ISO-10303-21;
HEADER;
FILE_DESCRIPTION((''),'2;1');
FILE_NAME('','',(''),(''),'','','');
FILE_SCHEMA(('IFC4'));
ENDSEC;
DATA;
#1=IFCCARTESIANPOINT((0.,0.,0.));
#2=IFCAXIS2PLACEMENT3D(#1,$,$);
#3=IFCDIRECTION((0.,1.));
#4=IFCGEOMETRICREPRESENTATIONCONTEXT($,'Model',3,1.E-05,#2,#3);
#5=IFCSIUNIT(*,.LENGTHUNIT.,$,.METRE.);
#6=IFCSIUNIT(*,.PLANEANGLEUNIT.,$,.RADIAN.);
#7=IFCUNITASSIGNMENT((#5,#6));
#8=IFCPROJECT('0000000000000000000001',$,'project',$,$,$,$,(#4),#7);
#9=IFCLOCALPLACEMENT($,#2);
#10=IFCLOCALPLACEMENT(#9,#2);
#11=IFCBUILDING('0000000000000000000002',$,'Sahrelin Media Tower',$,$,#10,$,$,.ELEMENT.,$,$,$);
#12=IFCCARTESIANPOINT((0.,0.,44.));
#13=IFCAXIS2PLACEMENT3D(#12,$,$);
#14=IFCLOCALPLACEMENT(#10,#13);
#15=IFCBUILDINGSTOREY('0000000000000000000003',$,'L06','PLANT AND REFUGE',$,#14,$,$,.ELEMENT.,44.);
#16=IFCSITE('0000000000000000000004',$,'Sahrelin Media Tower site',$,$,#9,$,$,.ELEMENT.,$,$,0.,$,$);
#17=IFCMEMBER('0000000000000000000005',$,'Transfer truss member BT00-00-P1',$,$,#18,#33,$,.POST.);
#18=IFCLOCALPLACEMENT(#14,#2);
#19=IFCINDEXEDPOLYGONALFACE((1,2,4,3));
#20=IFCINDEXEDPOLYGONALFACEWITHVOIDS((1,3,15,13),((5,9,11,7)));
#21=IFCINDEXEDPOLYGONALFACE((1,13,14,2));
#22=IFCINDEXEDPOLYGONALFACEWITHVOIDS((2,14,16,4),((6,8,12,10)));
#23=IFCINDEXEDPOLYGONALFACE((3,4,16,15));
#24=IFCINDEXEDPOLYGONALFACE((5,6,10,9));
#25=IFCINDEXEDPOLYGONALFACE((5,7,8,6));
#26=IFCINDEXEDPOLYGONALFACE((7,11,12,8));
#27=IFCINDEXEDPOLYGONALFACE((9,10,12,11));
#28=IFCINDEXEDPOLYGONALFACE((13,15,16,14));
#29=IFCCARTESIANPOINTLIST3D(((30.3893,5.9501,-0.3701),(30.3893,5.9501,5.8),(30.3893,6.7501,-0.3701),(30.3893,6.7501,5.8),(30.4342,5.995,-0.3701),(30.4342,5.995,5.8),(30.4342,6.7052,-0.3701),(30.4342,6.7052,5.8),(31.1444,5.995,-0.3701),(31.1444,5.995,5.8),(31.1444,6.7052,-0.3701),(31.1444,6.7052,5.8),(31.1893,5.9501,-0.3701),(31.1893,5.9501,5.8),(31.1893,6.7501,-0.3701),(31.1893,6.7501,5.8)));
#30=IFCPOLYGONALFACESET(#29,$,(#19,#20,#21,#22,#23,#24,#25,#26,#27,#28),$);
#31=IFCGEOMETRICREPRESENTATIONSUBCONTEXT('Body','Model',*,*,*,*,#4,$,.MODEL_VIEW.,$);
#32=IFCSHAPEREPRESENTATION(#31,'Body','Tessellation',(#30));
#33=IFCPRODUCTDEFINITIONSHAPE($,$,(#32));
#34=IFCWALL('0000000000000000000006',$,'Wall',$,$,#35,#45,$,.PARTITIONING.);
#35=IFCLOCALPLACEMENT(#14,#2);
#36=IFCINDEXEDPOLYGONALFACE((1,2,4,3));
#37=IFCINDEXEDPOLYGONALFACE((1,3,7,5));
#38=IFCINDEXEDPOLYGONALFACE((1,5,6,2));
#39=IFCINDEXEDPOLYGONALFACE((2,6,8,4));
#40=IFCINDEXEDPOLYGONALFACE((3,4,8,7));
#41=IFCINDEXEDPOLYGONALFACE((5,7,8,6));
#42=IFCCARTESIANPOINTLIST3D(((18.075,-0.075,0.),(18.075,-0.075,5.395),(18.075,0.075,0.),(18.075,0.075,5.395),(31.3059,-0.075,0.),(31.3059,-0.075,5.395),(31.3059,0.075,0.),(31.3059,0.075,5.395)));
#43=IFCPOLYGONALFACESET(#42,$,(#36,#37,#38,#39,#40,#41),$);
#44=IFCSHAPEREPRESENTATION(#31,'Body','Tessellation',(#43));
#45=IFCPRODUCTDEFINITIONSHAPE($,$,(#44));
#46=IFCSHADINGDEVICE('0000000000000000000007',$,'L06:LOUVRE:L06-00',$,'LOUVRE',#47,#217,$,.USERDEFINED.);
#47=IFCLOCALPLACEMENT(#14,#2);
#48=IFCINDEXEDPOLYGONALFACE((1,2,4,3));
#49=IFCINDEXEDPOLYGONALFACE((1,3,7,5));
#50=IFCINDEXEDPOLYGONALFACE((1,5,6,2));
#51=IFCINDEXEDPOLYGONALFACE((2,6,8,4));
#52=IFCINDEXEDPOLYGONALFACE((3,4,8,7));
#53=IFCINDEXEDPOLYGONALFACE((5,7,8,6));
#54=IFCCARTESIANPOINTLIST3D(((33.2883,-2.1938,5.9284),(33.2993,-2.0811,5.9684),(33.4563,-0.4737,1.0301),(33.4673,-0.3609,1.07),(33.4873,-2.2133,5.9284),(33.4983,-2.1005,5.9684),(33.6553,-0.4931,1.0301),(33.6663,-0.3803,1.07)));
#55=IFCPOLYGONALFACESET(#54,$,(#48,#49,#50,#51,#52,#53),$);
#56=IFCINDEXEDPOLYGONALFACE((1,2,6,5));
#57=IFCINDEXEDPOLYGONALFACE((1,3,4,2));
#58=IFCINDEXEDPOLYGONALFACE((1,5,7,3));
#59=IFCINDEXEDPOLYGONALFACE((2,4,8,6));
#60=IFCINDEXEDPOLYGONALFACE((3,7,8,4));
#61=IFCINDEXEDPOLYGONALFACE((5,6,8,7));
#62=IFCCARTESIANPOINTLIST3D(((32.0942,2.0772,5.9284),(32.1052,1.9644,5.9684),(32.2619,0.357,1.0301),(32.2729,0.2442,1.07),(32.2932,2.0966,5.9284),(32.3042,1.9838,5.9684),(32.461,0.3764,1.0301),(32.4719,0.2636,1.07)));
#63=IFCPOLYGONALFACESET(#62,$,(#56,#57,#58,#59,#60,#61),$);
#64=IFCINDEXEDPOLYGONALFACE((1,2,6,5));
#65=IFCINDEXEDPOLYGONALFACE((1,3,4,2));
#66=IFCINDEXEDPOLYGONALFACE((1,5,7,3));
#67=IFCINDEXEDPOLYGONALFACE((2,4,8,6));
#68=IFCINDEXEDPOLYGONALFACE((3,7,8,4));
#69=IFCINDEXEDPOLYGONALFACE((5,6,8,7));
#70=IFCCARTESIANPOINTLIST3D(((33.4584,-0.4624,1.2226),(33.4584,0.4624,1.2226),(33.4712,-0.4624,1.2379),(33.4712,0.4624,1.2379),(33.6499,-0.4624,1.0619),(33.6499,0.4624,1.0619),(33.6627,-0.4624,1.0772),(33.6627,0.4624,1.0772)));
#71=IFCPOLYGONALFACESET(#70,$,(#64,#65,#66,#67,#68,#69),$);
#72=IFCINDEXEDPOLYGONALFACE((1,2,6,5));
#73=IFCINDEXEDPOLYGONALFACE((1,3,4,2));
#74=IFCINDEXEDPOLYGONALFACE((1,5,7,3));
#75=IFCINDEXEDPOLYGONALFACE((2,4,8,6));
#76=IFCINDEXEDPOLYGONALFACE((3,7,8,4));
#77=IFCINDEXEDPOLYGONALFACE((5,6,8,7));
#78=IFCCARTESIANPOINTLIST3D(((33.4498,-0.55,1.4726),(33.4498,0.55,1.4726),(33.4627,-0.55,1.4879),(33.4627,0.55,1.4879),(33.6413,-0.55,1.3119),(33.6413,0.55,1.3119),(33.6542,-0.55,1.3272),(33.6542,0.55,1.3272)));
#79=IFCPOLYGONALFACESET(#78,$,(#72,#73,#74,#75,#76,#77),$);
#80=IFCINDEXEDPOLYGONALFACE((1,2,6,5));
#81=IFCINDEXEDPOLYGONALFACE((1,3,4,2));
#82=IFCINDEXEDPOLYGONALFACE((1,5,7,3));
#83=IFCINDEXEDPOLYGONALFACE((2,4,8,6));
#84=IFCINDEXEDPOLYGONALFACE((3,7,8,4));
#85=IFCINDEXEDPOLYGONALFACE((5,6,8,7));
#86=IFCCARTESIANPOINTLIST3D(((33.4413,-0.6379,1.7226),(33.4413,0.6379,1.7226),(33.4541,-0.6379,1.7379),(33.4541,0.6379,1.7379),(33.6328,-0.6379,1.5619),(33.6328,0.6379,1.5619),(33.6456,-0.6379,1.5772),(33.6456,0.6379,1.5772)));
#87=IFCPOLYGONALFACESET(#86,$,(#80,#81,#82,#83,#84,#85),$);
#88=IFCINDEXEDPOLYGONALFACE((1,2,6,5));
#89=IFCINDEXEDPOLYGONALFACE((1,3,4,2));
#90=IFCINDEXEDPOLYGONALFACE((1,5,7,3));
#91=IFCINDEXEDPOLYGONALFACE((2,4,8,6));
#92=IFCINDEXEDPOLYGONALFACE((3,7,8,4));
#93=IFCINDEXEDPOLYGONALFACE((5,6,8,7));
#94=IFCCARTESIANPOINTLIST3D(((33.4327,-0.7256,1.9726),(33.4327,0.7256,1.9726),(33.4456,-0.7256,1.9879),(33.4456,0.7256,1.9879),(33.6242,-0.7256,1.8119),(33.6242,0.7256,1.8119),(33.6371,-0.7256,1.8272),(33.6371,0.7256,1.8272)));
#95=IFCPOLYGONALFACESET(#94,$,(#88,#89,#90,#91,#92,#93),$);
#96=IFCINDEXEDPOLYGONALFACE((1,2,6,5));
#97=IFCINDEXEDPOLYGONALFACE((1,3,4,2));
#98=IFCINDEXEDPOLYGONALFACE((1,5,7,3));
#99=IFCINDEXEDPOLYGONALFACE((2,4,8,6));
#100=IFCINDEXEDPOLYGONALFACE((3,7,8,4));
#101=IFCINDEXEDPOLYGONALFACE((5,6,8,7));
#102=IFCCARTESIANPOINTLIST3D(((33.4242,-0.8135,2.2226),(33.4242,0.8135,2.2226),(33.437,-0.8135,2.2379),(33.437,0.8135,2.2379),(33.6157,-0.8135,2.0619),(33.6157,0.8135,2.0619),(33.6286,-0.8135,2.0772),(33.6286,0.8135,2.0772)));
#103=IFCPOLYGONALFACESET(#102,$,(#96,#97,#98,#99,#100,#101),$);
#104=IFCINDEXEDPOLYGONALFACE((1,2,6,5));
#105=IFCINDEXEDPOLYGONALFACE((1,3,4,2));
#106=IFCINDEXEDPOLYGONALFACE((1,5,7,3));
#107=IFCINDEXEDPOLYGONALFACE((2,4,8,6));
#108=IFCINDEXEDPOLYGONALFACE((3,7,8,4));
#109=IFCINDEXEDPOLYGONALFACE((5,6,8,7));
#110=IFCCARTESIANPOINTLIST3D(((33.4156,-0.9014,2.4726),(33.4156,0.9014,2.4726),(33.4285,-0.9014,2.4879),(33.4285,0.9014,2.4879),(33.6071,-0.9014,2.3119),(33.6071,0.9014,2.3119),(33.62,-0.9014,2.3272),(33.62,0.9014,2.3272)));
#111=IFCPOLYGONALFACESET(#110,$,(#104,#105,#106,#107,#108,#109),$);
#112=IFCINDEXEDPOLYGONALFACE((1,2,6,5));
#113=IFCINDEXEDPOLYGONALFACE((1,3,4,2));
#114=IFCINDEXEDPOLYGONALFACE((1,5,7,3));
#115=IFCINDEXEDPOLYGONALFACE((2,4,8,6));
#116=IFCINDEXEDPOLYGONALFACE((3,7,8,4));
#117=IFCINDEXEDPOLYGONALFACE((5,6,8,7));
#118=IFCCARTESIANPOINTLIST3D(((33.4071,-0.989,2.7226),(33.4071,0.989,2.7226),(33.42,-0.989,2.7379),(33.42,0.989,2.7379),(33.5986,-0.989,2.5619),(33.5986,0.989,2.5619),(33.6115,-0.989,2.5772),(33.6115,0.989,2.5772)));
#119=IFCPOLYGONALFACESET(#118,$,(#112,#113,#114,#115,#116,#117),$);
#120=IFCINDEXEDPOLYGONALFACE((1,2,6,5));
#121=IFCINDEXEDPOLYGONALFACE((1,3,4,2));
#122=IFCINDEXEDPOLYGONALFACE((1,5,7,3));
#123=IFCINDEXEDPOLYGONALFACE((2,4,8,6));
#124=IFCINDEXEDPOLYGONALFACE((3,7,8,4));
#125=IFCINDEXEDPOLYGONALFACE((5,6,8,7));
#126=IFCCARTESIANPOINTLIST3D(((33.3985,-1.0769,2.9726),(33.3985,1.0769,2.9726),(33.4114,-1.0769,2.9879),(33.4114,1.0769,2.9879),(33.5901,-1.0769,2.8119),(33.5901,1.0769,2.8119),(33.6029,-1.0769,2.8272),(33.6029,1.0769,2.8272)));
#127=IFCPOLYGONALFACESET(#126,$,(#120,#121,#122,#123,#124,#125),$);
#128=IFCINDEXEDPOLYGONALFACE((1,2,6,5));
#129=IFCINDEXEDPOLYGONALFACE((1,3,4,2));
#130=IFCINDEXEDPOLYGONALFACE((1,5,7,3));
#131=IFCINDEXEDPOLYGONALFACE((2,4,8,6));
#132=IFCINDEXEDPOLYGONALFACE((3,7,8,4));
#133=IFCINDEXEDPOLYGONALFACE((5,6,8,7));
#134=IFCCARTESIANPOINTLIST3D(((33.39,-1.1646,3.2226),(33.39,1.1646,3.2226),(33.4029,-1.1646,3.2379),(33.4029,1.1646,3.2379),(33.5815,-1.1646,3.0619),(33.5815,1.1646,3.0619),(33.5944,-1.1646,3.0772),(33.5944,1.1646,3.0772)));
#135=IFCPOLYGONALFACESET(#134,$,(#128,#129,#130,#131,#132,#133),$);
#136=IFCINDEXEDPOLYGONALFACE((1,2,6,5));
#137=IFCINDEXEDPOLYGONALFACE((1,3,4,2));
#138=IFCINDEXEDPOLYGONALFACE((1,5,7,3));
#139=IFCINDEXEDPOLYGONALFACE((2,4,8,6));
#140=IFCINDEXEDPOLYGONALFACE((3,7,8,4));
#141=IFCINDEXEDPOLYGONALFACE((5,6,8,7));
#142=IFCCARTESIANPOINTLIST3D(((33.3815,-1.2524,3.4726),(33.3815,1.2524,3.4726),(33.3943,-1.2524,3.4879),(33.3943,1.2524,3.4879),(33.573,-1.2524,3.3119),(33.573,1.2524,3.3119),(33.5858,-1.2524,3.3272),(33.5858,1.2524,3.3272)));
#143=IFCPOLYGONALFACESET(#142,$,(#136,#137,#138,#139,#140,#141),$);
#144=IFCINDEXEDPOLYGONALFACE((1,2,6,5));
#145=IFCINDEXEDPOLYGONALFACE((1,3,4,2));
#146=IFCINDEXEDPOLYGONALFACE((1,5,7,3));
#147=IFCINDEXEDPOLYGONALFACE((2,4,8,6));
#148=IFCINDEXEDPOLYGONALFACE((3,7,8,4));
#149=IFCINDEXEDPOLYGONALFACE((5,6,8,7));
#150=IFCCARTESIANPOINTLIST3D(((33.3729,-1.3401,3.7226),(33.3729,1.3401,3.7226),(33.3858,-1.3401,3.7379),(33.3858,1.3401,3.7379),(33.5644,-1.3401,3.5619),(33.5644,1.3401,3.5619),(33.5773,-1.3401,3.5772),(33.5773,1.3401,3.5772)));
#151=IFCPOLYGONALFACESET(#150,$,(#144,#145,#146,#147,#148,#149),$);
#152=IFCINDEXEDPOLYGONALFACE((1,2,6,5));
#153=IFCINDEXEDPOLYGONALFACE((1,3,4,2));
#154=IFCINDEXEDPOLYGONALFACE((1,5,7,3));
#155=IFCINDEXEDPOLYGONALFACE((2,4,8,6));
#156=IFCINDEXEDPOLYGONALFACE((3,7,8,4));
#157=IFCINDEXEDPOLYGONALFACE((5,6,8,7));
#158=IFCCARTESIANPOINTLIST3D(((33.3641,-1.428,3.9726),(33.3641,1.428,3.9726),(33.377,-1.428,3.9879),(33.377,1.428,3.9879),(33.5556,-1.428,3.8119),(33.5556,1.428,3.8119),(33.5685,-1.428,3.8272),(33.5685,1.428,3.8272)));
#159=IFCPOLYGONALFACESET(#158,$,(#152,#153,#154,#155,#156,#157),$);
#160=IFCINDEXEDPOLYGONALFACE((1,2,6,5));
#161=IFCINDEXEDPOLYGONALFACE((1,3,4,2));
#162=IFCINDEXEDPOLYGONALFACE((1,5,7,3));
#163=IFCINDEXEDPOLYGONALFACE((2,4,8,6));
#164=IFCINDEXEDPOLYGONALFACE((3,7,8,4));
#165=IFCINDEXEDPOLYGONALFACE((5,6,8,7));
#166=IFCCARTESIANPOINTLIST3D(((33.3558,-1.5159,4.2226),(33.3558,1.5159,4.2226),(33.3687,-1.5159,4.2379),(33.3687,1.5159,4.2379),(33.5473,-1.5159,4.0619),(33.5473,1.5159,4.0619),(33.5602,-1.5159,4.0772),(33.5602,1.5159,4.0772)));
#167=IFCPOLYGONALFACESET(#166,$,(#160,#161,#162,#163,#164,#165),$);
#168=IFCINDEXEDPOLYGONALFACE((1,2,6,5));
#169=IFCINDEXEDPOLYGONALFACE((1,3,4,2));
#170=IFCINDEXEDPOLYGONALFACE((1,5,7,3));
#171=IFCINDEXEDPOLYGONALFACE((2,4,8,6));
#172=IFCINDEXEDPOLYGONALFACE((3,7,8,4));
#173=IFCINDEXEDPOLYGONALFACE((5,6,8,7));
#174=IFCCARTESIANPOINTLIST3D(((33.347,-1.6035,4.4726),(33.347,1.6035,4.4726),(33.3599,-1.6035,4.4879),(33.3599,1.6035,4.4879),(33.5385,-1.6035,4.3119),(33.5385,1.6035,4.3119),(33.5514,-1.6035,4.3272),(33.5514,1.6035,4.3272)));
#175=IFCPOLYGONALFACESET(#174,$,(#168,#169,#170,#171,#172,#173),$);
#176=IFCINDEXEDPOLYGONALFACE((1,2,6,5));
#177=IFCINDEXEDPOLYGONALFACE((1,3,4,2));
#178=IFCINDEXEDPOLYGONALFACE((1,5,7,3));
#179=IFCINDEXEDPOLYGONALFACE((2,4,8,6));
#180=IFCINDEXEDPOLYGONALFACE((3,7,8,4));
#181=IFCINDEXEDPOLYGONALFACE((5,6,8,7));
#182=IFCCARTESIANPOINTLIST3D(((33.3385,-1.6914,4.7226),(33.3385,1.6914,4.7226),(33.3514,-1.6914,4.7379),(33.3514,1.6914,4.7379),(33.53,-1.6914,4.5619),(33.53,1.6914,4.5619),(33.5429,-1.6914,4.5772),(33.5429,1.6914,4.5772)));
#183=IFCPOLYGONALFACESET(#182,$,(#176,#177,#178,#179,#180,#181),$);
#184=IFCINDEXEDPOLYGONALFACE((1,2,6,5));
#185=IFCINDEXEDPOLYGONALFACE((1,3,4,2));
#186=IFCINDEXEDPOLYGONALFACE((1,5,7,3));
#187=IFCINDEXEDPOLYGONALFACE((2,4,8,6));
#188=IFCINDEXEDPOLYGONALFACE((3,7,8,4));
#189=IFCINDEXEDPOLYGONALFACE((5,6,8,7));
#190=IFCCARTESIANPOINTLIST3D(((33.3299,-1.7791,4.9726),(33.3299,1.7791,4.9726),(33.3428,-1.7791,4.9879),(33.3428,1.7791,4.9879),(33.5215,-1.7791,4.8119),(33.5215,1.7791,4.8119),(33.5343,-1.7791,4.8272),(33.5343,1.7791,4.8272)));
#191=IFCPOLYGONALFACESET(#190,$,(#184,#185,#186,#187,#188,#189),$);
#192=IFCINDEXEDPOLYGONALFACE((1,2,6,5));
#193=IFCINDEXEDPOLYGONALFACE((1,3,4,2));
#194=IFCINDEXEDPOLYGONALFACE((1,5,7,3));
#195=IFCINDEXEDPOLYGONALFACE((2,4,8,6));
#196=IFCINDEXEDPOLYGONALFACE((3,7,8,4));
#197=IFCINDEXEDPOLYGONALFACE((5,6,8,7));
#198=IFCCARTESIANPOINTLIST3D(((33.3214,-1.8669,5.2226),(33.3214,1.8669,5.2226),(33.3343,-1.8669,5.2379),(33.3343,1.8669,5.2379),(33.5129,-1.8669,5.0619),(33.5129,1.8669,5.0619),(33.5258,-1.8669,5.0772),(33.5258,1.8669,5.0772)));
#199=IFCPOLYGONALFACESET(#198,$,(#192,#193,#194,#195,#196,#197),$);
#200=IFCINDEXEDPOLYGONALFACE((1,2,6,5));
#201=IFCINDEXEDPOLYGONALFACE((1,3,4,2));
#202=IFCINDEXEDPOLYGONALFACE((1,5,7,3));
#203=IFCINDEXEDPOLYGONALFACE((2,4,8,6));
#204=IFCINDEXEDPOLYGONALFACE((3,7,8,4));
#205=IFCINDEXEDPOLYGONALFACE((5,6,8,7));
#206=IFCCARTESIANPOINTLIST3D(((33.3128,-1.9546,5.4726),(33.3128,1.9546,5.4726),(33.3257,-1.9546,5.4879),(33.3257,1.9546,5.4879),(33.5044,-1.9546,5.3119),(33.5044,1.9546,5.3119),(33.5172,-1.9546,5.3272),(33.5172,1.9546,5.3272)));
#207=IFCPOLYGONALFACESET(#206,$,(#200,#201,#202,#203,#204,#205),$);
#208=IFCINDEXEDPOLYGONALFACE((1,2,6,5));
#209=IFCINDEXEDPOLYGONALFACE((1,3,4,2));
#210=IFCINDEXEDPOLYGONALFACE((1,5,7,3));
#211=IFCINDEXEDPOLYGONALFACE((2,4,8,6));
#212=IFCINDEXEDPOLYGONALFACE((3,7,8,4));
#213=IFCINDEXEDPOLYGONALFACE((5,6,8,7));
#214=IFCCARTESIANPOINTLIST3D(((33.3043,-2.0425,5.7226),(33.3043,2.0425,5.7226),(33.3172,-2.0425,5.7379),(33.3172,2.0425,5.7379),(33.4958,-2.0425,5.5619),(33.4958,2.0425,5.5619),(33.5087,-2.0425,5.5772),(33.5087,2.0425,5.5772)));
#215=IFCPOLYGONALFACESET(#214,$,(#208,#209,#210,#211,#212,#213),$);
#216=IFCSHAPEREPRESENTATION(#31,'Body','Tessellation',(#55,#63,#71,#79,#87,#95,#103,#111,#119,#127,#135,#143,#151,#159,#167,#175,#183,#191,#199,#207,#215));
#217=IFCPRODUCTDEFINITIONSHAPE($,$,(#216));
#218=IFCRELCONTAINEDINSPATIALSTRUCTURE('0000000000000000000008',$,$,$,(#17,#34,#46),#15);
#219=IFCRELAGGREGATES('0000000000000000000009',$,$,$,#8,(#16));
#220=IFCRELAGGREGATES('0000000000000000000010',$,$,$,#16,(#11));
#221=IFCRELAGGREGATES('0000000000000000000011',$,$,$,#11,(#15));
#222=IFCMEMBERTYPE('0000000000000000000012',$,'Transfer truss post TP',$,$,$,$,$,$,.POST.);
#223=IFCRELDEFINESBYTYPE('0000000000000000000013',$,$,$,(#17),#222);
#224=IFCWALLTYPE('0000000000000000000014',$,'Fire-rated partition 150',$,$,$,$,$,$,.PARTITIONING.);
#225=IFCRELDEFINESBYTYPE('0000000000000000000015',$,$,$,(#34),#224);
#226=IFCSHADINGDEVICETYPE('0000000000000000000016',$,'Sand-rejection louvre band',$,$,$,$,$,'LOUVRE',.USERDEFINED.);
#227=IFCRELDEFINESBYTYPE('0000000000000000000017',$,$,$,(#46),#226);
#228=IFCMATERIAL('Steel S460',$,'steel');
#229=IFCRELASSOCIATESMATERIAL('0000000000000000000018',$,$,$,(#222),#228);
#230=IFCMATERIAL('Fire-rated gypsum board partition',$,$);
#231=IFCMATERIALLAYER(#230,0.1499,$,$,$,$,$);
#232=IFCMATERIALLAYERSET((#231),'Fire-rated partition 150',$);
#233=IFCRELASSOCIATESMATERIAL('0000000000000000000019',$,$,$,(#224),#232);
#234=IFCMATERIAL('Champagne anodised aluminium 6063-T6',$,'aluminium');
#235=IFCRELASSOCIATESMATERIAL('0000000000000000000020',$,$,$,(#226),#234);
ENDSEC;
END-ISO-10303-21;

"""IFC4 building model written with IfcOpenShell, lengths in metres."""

from ifc_helpers import new_model, si_unit, direction, frame, frame_2d, origin, origin_2d, place, context, subcontext, project, spatial, rectangle, hollow_rectangle, extrude, material, layer, layer_set, material_profile, profile_set, type_object, element, save


model = new_model("IFC4")

# Units and contexts
model_context = context("Model", 3, precision=1e-05, world=origin(), true_north=direction((0.0, 1.0)))
body_context = subcontext(model_context, "Body", "Model", "MODEL_VIEW")
ifc_project = project(units=[si_unit("LENGTHUNIT", "METRE"), si_unit("PLANEANGLEUNIT", "RADIAN")], contexts=[model_context])

# Site, building, storey
site_placement = place(None, origin())
site = spatial("IfcSite", under=ifc_project, at=site_placement, Name="Sahrelin Media Tower site", CompositionType="ELEMENT", RefElevation=0.0)
building_placement = place(site_placement, origin())
building = spatial("IfcBuilding", under=site, at=building_placement, Name="Sahrelin Media Tower", CompositionType="ELEMENT")
storey_placement = place(building_placement, frame((0.0, 0.0, 44.0)))
storey = spatial("IfcBuildingStorey", under=building, at=storey_placement, Name="L06", Description="PLANT AND REFUGE", CompositionType="ELEMENT", Elevation=44.0)

# Shared definitions
ifc_material_1 = material(Name="Steel S460", Category="steel")

# Member
ifc_material_profile_1 = material_profile(ifc_material_1, hollow_rectangle(XDim=0.8, YDim=0.8, WallThickness=0.0449, at=origin_2d()), Name="Transfer truss post TP")
ifc_profile_set_1 = profile_set([ifc_material_profile_1], Name="Steel S460")
member_type_1 = type_object("IfcMemberType", Name="Transfer truss post TP", PredefinedType="POST", material=ifc_profile_set_1)
member_1_placement = place(storey_placement, frame((30.7893, 6.3501, -0.3701), z_axis=(0.0, 0.0, 1.0), x_axis=(1.0, 0.0, 0.0)))
element("IfcMember", 1, at=member_1_placement, inside=storey, type_object=member_type_1, Name="Transfer truss member BT00-00-P1", PredefinedType="POST", context=body_context, shape_type="SweptSolid", body=[
    extrude(hollow_rectangle(XDim=0.8, YDim=0.8, WallThickness=0.0449, at=origin_2d()), origin(), (0.0, 0.0, 1.0), 6.1702),
])

# Wall
ifc_material_2 = material(Name="Fire-rated gypsum board partition")
ifc_layer = layer(ifc_material_2, 0.1499)
ifc_layer_set = layer_set([ifc_layer], Name="Fire-rated partition 150")
wall_type = type_object("IfcWallType", Name="Fire-rated partition 150", PredefinedType="PARTITIONING", material=ifc_layer_set)
wall_placement = place(storey_placement, frame((18.075, 0.0, 0.0), z_axis=(0.0, 0.0, 1.0), x_axis=(1.0, 0.0, 0.0)))
element("IfcWall", 2, at=wall_placement, inside=storey, type_object=wall_type, Name="Wall", PredefinedType="PARTITIONING", context=body_context, shape_type="SweptSolid", body=[
    extrude(rectangle(XDim=13.231, YDim=0.1499, at=frame_2d((6.6155, 0.0))), origin(), (0.0, 0.0, 1.0), 5.395),
])

# Shading device
ifc_material_3 = material(Name="Champagne anodised aluminium 6063-T6", Category="aluminium")
shading_device_type = type_object("IfcShadingDeviceType", Name="Sand-rejection louvre band", ElementType="LOUVRE", PredefinedType="USERDEFINED", material=ifc_material_3)
shading_device_1_placement = place(storey_placement, frame((33.0, 0.0, 0.0), z_axis=(0.0, 0.0, 1.0), x_axis=(0.0, -1.0, 0.0)))
element("IfcShadingDevice", 3, at=shading_device_1_placement, inside=storey, type_object=shading_device_type, Name="L06:LOUVRE:L06-00", ObjectType="LOUVRE", PredefinedType="USERDEFINED", context=body_context, shape_type="SweptSolid", body=[
    extrude(rectangle(XDim=0.2, YDim=0.1201, at=origin_2d()), frame((0.427, 0.5613, 1.05), z_axis=(0.331166, -0.032336, 0.943018), x_axis=(0.097182, 0.995267, 0.0)), (0.0, 0.0, 1.0), 5.1943),
    extrude(rectangle(XDim=0.2, YDim=0.1201, at=origin_2d()), frame((-0.3103, -0.6331, 1.05), z_axis=(-0.331166, -0.032289, 0.94302), x_axis=(0.097042, -0.99528, 0.0)), (0.0, 0.0, 1.0), 5.1943),
    extrude(rectangle(XDim=0.25, YDim=0.02, at=origin_2d()), frame((0.4624, 0.5605, 1.1499), z_axis=(-1.0, 0.0, 0.0), x_axis=(0.0, -0.766044, 0.642788)), (0.0, 0.0, 1.0), 0.9248),
    extrude(rectangle(XDim=0.25, YDim=0.02, at=origin_2d()), frame((0.55, 0.552, 1.3999), z_axis=(-1.0, 0.0, 0.0), x_axis=(0.0, -0.766044, 0.642788)), (0.0, 0.0, 1.0), 1.1001),
    extrude(rectangle(XDim=0.25, YDim=0.02, at=origin_2d()), frame((0.6379, 0.5435, 1.6499), z_axis=(-1.0, 0.0, 0.0), x_axis=(0.0, -0.766044, 0.642788)), (0.0, 0.0, 1.0), 1.2759),
    extrude(rectangle(XDim=0.25, YDim=0.02, at=origin_2d()), frame((0.7256, 0.5349, 1.8999), z_axis=(-1.0, 0.0, 0.0), x_axis=(0.0, -0.766044, 0.642788)), (0.0, 0.0, 1.0), 1.4512),
    extrude(rectangle(XDim=0.25, YDim=0.02, at=origin_2d()), frame((0.8135, 0.5264, 2.1499), z_axis=(-1.0, 0.0, 0.0), x_axis=(0.0, -0.766044, 0.642788)), (0.0, 0.0, 1.0), 1.627),
    extrude(rectangle(XDim=0.25, YDim=0.02, at=origin_2d()), frame((0.9014, 0.5178, 2.3999), z_axis=(-1.0, 0.0, 0.0), x_axis=(0.0, -0.766044, 0.642788)), (0.0, 0.0, 1.0), 1.8027),
    extrude(rectangle(XDim=0.25, YDim=0.02, at=origin_2d()), frame((0.989, 0.5093, 2.6499), z_axis=(-1.0, 0.0, 0.0), x_axis=(0.0, -0.766044, 0.642788)), (0.0, 0.0, 1.0), 1.978),
    extrude(rectangle(XDim=0.25, YDim=0.02, at=origin_2d()), frame((1.0769, 0.5007, 2.8999), z_axis=(-1.0, 0.0, 0.0), x_axis=(0.0, -0.766044, 0.642788)), (0.0, 0.0, 1.0), 2.1538),
    extrude(rectangle(XDim=0.25, YDim=0.02, at=origin_2d()), frame((1.1646, 0.4922, 3.1499), z_axis=(-1.0, 0.0, 0.0), x_axis=(0.0, -0.766044, 0.642788)), (0.0, 0.0, 1.0), 2.3291),
    extrude(rectangle(XDim=0.25, YDim=0.02, at=origin_2d()), frame((1.2524, 0.4836, 3.3999), z_axis=(-1.0, 0.0, 0.0), x_axis=(0.0, -0.766044, 0.642788)), (0.0, 0.0, 1.0), 2.5049),
    extrude(rectangle(XDim=0.25, YDim=0.02, at=origin_2d()), frame((1.3401, 0.4751, 3.6499), z_axis=(-1.0, 0.0, 0.0), x_axis=(0.0, -0.766044, 0.642788)), (0.0, 0.0, 1.0), 2.6802),
    extrude(rectangle(XDim=0.25, YDim=0.02, at=origin_2d()), frame((1.428, 0.4663, 3.8999), z_axis=(-1.0, 0.0, 0.0), x_axis=(0.0, -0.766044, 0.642788)), (0.0, 0.0, 1.0), 2.856),
    extrude(rectangle(XDim=0.25, YDim=0.02, at=origin_2d()), frame((1.5159, 0.458, 4.1499), z_axis=(-1.0, 0.0, 0.0), x_axis=(0.0, -0.766044, 0.642788)), (0.0, 0.0, 1.0), 3.0317),
    extrude(rectangle(XDim=0.25, YDim=0.02, at=origin_2d()), frame((1.6035, 0.4492, 4.3999), z_axis=(-1.0, 0.0, 0.0), x_axis=(0.0, -0.766044, 0.642788)), (0.0, 0.0, 1.0), 3.207),
    extrude(rectangle(XDim=0.25, YDim=0.02, at=origin_2d()), frame((1.6914, 0.4407, 4.6499), z_axis=(-1.0, 0.0, 0.0), x_axis=(0.0, -0.766044, 0.642788)), (0.0, 0.0, 1.0), 3.3828),
    extrude(rectangle(XDim=0.25, YDim=0.02, at=origin_2d()), frame((1.7791, 0.4321, 4.8999), z_axis=(-1.0, 0.0, 0.0), x_axis=(0.0, -0.766044, 0.642788)), (0.0, 0.0, 1.0), 3.5581),
    extrude(rectangle(XDim=0.25, YDim=0.02, at=origin_2d()), frame((1.8669, 0.4236, 5.1499), z_axis=(-1.0, 0.0, 0.0), x_axis=(0.0, -0.766044, 0.642788)), (0.0, 0.0, 1.0), 3.7339),
    extrude(rectangle(XDim=0.25, YDim=0.02, at=origin_2d()), frame((1.9546, 0.415, 5.3999), z_axis=(-1.0, 0.0, 0.0), x_axis=(0.0, -0.766044, 0.642788)), (0.0, 0.0, 1.0), 3.9092),
    extrude(rectangle(XDim=0.25, YDim=0.02, at=origin_2d()), frame((2.0425, 0.4065, 5.6499), z_axis=(-1.0, 0.0, 0.0), x_axis=(0.0, -0.766044, 0.642788)), (0.0, 0.0, 1.0), 4.085),
])

save(model, "model.ifc")
